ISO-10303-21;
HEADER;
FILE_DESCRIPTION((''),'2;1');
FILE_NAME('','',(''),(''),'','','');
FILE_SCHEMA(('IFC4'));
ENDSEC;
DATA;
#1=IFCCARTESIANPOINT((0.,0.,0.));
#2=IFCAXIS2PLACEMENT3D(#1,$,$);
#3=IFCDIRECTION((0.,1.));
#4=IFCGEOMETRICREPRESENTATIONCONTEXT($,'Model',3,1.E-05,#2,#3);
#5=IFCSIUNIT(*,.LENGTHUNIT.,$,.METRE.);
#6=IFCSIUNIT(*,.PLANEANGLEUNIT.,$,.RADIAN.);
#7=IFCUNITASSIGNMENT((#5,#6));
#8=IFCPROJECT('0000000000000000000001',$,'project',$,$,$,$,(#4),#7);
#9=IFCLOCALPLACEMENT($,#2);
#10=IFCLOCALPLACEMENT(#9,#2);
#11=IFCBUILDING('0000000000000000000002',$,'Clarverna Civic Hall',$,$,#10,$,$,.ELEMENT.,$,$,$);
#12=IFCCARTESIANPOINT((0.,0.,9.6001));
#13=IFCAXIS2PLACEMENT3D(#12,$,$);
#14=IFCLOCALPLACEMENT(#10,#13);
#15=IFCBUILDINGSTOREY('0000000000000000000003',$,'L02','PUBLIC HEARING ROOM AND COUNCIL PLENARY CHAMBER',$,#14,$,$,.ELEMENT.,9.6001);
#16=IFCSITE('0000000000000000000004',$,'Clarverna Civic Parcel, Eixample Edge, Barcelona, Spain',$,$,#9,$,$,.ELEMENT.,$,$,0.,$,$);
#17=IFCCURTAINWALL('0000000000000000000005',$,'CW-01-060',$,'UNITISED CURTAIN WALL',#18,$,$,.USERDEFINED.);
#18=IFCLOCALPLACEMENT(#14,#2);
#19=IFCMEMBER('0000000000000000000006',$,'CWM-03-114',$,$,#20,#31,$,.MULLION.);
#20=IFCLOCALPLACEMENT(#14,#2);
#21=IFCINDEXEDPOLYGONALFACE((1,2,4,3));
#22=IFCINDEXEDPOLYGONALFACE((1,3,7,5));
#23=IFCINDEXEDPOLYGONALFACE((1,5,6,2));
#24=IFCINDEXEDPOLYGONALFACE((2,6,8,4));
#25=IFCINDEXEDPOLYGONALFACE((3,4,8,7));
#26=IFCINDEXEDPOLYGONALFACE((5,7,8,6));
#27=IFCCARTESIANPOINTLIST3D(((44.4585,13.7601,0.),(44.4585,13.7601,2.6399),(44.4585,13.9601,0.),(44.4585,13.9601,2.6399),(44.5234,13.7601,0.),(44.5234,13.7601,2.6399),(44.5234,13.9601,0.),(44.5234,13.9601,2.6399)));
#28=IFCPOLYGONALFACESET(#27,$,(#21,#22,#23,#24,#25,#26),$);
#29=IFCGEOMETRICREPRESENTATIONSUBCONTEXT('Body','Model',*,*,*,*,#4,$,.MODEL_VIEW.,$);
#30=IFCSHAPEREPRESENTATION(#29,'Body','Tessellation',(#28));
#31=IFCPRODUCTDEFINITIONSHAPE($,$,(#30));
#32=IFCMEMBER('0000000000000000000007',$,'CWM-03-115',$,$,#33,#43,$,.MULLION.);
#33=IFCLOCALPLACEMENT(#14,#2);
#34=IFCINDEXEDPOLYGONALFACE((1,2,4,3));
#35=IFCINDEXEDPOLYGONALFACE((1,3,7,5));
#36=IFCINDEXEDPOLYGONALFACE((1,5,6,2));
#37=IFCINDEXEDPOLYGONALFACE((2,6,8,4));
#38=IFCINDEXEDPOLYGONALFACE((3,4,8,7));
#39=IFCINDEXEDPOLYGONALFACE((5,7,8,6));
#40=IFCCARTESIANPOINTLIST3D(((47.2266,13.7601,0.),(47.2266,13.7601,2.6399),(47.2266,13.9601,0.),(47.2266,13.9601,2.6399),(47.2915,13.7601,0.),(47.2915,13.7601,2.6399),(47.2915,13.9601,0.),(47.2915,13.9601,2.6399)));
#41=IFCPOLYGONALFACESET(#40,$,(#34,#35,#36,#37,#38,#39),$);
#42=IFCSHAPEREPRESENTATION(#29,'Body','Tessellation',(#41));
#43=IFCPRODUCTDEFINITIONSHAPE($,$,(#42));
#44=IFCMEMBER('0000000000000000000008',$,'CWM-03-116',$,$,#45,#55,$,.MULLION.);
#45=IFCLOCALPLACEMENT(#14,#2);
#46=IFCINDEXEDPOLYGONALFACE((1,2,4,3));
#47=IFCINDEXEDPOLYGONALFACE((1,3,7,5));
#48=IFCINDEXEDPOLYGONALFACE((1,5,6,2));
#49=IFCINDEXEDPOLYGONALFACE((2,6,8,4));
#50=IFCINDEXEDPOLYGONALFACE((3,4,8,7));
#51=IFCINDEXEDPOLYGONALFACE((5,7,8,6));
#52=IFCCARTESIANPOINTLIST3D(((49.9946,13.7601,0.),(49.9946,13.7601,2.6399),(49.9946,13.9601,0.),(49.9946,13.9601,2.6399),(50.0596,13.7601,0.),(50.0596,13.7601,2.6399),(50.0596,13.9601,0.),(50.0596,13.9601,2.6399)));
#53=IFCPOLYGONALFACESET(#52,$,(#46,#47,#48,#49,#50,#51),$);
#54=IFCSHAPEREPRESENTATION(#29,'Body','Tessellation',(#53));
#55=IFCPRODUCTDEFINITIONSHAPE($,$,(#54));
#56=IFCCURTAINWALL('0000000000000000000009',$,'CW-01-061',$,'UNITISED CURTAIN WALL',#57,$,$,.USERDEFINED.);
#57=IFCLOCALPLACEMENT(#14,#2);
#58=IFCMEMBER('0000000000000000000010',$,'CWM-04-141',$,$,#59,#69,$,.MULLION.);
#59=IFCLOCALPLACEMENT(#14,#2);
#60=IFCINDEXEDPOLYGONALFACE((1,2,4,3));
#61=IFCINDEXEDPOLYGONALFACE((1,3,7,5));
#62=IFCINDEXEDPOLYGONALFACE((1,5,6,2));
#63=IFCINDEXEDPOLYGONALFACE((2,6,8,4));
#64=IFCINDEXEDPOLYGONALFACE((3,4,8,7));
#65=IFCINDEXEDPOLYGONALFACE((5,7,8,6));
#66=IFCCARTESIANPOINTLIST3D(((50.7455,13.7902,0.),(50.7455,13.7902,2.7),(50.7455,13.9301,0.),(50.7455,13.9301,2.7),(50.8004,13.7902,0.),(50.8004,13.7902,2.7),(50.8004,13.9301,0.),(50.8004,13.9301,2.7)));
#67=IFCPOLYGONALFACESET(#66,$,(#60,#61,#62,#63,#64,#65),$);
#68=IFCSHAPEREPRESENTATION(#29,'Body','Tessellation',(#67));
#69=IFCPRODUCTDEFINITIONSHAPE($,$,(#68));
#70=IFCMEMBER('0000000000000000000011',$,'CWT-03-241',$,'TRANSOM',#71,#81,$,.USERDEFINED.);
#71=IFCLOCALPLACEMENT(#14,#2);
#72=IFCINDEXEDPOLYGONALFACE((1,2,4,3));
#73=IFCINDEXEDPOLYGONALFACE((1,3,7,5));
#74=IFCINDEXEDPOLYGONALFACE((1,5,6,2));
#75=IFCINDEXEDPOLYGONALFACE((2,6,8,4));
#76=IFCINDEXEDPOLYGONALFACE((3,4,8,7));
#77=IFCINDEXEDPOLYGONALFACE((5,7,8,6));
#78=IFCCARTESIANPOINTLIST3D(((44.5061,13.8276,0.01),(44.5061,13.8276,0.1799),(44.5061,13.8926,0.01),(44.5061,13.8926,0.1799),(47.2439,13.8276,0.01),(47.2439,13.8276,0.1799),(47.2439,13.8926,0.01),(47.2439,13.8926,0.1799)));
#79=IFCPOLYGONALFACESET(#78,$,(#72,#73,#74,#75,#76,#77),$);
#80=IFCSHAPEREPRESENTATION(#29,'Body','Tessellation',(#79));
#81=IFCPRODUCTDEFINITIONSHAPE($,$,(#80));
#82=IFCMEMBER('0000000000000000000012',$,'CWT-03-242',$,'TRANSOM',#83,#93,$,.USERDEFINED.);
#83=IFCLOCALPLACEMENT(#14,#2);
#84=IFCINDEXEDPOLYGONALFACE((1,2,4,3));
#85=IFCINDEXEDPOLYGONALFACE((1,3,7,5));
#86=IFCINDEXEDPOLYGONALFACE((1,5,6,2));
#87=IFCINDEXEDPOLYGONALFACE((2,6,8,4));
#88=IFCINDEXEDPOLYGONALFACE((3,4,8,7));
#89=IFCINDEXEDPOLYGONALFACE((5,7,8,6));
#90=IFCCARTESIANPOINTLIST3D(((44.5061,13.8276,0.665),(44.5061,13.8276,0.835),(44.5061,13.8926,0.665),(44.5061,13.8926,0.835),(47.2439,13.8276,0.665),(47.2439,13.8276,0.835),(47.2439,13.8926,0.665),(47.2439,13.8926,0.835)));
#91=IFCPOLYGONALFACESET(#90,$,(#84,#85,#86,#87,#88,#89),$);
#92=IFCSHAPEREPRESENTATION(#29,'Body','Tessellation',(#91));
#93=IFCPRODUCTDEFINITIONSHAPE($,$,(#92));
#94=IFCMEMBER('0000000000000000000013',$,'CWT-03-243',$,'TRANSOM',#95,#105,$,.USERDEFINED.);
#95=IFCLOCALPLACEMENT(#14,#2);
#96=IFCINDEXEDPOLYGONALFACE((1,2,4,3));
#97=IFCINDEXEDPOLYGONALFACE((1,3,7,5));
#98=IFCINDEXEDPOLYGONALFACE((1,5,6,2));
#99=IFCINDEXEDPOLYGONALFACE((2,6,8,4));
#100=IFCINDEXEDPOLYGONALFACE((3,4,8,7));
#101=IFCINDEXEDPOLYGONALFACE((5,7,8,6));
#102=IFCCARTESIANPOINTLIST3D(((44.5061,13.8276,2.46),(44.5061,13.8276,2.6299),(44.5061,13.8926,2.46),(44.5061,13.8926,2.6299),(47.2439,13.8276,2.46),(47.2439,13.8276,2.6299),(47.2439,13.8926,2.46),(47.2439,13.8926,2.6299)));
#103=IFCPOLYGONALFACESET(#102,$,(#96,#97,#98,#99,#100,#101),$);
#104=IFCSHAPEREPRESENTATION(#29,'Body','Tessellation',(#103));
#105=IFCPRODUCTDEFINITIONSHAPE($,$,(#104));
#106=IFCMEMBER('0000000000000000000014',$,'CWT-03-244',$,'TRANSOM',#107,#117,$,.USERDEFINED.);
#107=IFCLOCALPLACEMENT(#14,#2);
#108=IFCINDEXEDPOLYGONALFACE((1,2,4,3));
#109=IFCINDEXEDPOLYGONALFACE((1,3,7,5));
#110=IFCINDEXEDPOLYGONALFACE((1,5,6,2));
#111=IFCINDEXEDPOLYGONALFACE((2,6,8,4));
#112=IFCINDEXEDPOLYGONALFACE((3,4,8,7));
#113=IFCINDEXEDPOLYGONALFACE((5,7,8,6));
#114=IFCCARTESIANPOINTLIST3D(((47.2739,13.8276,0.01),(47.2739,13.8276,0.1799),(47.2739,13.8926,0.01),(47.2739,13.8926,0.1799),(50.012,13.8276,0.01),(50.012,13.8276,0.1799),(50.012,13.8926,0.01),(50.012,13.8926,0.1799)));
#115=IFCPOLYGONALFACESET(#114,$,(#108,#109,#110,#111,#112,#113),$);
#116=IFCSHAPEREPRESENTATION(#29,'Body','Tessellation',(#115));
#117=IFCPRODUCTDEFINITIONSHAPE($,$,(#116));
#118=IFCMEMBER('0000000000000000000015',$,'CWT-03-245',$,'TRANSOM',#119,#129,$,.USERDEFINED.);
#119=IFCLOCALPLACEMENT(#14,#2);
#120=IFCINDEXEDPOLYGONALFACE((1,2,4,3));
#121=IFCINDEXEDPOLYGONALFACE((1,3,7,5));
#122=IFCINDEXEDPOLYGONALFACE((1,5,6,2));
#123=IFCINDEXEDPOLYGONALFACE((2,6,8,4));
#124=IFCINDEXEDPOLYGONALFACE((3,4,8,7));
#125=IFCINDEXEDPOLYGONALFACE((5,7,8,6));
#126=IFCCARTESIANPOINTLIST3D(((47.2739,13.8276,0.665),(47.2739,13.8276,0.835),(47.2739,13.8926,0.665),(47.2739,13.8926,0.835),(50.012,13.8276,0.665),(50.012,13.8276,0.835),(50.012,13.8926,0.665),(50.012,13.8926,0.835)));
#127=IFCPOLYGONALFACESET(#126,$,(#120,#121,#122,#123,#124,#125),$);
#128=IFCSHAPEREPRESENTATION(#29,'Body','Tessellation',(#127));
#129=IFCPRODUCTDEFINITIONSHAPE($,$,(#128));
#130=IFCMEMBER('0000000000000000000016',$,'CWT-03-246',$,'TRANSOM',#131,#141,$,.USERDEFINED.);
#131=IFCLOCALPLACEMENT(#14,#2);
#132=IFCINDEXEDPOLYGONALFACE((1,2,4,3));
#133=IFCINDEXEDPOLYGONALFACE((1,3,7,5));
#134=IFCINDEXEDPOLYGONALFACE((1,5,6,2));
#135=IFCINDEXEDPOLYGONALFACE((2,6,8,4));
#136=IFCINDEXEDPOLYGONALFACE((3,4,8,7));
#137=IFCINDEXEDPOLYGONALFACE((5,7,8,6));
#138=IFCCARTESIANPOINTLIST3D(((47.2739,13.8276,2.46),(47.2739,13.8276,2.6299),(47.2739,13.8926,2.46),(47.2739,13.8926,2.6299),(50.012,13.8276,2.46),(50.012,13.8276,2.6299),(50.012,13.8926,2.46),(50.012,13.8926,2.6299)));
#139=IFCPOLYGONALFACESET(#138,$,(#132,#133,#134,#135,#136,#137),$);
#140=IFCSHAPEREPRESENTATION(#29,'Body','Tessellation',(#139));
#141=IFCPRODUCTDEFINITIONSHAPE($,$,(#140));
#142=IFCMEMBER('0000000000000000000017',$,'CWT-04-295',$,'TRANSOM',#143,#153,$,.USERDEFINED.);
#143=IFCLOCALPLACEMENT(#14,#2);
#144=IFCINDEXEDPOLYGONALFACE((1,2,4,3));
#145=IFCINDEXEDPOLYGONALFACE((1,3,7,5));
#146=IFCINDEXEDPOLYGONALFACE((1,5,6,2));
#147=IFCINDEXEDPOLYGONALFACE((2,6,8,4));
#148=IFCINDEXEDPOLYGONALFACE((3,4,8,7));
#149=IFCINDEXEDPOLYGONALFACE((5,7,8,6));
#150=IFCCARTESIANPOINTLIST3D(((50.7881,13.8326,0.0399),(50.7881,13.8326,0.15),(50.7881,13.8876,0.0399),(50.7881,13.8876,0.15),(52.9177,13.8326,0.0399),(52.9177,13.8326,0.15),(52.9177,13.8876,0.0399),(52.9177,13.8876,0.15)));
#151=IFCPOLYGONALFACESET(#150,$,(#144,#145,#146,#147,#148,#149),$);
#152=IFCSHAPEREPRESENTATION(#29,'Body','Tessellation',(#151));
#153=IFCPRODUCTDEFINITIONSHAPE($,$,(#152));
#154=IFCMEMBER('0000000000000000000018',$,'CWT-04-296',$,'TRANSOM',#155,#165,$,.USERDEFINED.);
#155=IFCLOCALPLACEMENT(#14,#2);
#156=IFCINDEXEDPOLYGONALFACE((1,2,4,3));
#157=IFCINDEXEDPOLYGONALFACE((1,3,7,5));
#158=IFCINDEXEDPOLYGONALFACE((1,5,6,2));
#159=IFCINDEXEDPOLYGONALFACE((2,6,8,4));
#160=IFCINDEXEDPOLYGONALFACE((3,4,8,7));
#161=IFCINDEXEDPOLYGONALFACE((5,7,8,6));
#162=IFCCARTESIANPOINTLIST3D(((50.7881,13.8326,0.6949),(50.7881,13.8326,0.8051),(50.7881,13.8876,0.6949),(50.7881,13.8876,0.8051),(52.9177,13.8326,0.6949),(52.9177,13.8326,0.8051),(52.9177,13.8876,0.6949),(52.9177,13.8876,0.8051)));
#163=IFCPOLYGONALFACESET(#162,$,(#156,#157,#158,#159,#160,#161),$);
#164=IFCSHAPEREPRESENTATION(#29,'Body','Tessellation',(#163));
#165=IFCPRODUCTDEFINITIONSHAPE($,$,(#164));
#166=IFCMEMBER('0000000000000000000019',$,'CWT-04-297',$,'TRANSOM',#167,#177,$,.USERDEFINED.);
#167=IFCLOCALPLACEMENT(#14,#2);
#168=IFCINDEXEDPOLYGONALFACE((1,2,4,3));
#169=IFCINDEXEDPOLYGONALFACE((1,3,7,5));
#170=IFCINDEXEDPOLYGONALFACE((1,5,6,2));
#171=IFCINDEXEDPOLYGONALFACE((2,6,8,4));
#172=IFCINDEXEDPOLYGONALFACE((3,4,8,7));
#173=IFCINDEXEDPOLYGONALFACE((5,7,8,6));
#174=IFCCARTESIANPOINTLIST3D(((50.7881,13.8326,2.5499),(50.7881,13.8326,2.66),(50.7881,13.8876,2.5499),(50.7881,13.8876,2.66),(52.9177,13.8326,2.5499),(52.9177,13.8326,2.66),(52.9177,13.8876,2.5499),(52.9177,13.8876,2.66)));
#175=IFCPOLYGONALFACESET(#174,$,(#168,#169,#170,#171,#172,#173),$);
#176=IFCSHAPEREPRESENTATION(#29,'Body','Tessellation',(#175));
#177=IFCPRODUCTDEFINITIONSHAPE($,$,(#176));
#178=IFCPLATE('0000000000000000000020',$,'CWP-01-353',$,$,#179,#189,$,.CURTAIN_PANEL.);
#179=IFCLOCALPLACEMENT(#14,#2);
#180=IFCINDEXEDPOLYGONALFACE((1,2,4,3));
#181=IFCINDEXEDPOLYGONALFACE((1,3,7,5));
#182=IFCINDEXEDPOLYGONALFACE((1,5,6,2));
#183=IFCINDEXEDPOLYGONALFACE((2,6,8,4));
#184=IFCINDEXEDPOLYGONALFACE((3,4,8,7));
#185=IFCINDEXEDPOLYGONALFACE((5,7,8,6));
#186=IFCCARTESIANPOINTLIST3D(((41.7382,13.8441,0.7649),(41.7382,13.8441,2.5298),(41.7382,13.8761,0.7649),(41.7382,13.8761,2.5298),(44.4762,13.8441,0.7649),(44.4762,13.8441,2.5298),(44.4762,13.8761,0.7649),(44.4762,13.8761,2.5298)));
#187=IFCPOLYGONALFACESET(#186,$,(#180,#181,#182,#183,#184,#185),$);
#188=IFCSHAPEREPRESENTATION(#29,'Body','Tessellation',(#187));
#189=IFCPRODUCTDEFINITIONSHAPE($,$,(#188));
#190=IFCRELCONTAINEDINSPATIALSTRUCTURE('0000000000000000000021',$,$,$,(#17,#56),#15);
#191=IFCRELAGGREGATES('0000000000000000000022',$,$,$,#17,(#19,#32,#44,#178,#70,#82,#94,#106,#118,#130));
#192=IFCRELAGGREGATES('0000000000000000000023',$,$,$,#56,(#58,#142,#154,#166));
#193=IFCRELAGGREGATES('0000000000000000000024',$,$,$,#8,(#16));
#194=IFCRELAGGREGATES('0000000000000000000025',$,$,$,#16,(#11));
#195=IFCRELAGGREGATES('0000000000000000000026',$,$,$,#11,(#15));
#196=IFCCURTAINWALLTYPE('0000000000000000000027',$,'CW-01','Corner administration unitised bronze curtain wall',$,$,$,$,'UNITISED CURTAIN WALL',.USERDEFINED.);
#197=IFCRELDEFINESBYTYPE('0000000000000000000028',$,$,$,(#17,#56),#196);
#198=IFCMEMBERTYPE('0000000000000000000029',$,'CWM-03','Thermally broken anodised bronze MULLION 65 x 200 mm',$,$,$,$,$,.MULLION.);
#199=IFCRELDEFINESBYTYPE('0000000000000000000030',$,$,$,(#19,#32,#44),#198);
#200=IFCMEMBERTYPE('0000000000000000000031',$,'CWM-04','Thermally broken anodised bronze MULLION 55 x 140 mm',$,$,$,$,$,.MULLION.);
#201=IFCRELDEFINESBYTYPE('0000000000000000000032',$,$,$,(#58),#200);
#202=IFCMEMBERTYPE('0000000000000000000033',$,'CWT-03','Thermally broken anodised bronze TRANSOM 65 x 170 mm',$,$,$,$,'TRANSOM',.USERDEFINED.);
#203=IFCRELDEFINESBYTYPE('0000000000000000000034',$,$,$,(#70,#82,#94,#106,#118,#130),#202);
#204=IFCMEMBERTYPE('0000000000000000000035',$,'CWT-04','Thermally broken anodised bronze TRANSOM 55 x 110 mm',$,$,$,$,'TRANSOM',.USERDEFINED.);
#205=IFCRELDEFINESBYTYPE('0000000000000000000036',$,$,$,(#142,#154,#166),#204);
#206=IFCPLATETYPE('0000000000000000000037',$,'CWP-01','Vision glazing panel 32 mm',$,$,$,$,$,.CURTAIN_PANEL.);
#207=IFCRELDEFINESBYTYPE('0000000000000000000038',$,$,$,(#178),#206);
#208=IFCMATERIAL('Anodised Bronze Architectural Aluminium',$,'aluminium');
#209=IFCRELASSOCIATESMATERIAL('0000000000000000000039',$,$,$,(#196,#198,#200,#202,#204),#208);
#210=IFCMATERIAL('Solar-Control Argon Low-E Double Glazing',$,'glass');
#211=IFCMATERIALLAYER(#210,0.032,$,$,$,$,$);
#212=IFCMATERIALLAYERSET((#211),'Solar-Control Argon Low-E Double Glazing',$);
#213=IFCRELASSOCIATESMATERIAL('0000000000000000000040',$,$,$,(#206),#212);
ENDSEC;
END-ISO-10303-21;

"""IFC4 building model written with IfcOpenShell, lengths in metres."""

from ifc_helpers import new_model, si_unit, direction, frame, frame_2d, origin, origin_2d, place, context, subcontext, project, spatial, rectangle, extrude, material, layer, layer_set, material_profile, profile_set, type_object, element, aggregate, save


model = new_model("IFC4")

# Units and contexts
model_context = context("Model", 3, precision=1e-05, world=origin(), true_north=direction((0.0, 1.0)))
body_context = subcontext(model_context, "Body", "Model", "MODEL_VIEW")
ifc_project = project(units=[si_unit("LENGTHUNIT", "METRE"), si_unit("PLANEANGLEUNIT", "RADIAN")], contexts=[model_context])

# Site, building, storey
site_placement = place(None, origin())
site = spatial("IfcSite", under=ifc_project, at=site_placement, Name="Clarverna Civic Parcel, Eixample Edge, Barcelona, Spain", CompositionType="ELEMENT", RefElevation=0.0)
building_placement = place(site_placement, origin())
building = spatial("IfcBuilding", under=site, at=building_placement, Name="Clarverna Civic Hall", CompositionType="ELEMENT")
storey_placement = place(building_placement, frame((0.0, 0.0, 9.6001)))
storey = spatial("IfcBuildingStorey", under=building, at=storey_placement, Name="L02", Description="PUBLIC HEARING ROOM AND COUNCIL PLENARY CHAMBER", CompositionType="ELEMENT", Elevation=9.6001)

# Curtain wall, members
ifc_material_1 = material(Name="Anodised Bronze Architectural Aluminium", Category="aluminium")
curtain_wall_type = type_object("IfcCurtainWallType", Name="CW-01", Description="Corner administration unitised bronze curtain wall", ElementType="UNITISED CURTAIN WALL", PredefinedType="USERDEFINED", material=ifc_material_1)
curtain_wall_1_placement = place(storey_placement, origin())
curtain_wall_1 = element("IfcCurtainWall", 1, at=curtain_wall_1_placement, inside=storey, type_object=curtain_wall_type, Name="CW-01-060", ObjectType="UNITISED CURTAIN WALL", PredefinedType="USERDEFINED")
ifc_material_profile_1 = material_profile(ifc_material_1, rectangle(XDim=0.0649, YDim=0.2, at=origin_2d()), Name="BRONZE 65x200")
ifc_profile_set_1 = profile_set([ifc_material_profile_1], Name="Anodised Bronze Architectural Aluminium")
member_type_1 = type_object("IfcMemberType", Name="CWM-03", Description="Thermally broken anodised bronze MULLION 65 x 200 mm", PredefinedType="MULLION", material=ifc_profile_set_1)
member_1_placement = place(storey_placement, frame((44.491, 13.8601, 0.0), z_axis=(0.0, 0.0, 1.0), x_axis=(1.0, 0.0, 0.0)))
member_1 = element("IfcMember", 2, at=member_1_placement, type_object=member_type_1, Name="CWM-03-114", PredefinedType="MULLION", context=body_context, shape_type="SweptSolid", body=[
    extrude(rectangle(XDim=0.0649, YDim=0.2, at=origin_2d()), origin(), (0.0, 0.0, 1.0), 2.6399),
])
member_2_placement = place(storey_placement, frame((47.259, 13.8601, 0.0), z_axis=(0.0, 0.0, 1.0), x_axis=(1.0, 0.0, 0.0)))
member_2 = element("IfcMember", 3, at=member_2_placement, type_object=member_type_1, Name="CWM-03-115", PredefinedType="MULLION", context=body_context, shape_type="SweptSolid", body=[
    extrude(rectangle(XDim=0.0649, YDim=0.2, at=origin_2d()), origin(), (0.0, 0.0, 1.0), 2.6399),
])
member_3_placement = place(storey_placement, frame((50.0271, 13.8601, 0.0), z_axis=(0.0, 0.0, 1.0), x_axis=(1.0, 0.0, 0.0)))
member_3 = element("IfcMember", 4, at=member_3_placement, type_object=member_type_1, Name="CWM-03-116", PredefinedType="MULLION", context=body_context, shape_type="SweptSolid", body=[
    extrude(rectangle(XDim=0.0649, YDim=0.2, at=origin_2d()), origin(), (0.0, 0.0, 1.0), 2.6399),
])

# Curtain wall, member
curtain_wall_2_placement = place(storey_placement, origin())
curtain_wall_2 = element("IfcCurtainWall", 5, at=curtain_wall_2_placement, inside=storey, type_object=curtain_wall_type, Name="CW-01-061", ObjectType="UNITISED CURTAIN WALL", PredefinedType="USERDEFINED")
ifc_material_profile_2 = material_profile(ifc_material_1, rectangle(XDim=0.0549, YDim=0.1399, at=origin_2d()), Name="BRONZE 55x140")
ifc_profile_set_2 = profile_set([ifc_material_profile_2], Name="Anodised Bronze Architectural Aluminium")
member_type_2 = type_object("IfcMemberType", Name="CWM-04", Description="Thermally broken anodised bronze MULLION 55 x 140 mm", PredefinedType="MULLION", material=ifc_profile_set_2)
member_4_placement = place(storey_placement, frame((50.7729, 13.8601, 0.0), z_axis=(0.0, 0.0, 1.0), x_axis=(1.0, 0.0, 0.0)))
member_4 = element("IfcMember", 6, at=member_4_placement, type_object=member_type_2, Name="CWM-04-141", PredefinedType="MULLION", context=body_context, shape_type="SweptSolid", body=[
    extrude(rectangle(XDim=0.0549, YDim=0.1399, at=origin_2d()), origin(), (0.0, 0.0, 1.0), 2.7),
])

# Members
ifc_material_profile_3 = material_profile(ifc_material_1, rectangle(XDim=0.0649, YDim=0.1699, at=origin_2d()), Name="BRONZE 65x170")
ifc_profile_set_3 = profile_set([ifc_material_profile_3], Name="Anodised Bronze Architectural Aluminium")
member_type_3 = type_object("IfcMemberType", Name="CWT-03", Description="Thermally broken anodised bronze TRANSOM 65 x 170 mm", ElementType="TRANSOM", PredefinedType="USERDEFINED", material=ifc_profile_set_3)
member_5_placement = place(storey_placement, frame((44.5061, 13.8601, 0.095), z_axis=(1.0, 0.0, 0.0), x_axis=(0.0, 1.0, 0.0)))
member_5 = element("IfcMember", 7, at=member_5_placement, type_object=member_type_3, Name="CWT-03-241", ObjectType="TRANSOM", PredefinedType="USERDEFINED", context=body_context, shape_type="SweptSolid", body=[
    extrude(rectangle(XDim=0.0649, YDim=0.1699, at=origin_2d()), origin(), (0.0, 0.0, 1.0), 2.7378),
])
member_6_placement = place(storey_placement, frame((44.5061, 13.8601, 0.75), z_axis=(1.0, 0.0, 0.0), x_axis=(0.0, 1.0, 0.0)))
member_6 = element("IfcMember", 8, at=member_6_placement, type_object=member_type_3, Name="CWT-03-242", ObjectType="TRANSOM", PredefinedType="USERDEFINED", context=body_context, shape_type="SweptSolid", body=[
    extrude(rectangle(XDim=0.0649, YDim=0.1699, at=origin_2d()), origin(), (0.0, 0.0, 1.0), 2.7378),
])
member_7_placement = place(storey_placement, frame((44.5061, 13.8601, 2.5449), z_axis=(1.0, 0.0, 0.0), x_axis=(0.0, 1.0, 0.0)))
member_7 = element("IfcMember", 9, at=member_7_placement, type_object=member_type_3, Name="CWT-03-243", ObjectType="TRANSOM", PredefinedType="USERDEFINED", context=body_context, shape_type="SweptSolid", body=[
    extrude(rectangle(XDim=0.0649, YDim=0.1699, at=origin_2d()), origin(), (0.0, 0.0, 1.0), 2.7378),
])
member_8_placement = place(storey_placement, frame((47.2739, 13.8601, 0.095), z_axis=(1.0, 0.0, 0.0), x_axis=(0.0, 1.0, 0.0)))
member_8 = element("IfcMember", 10, at=member_8_placement, type_object=member_type_3, Name="CWT-03-244", ObjectType="TRANSOM", PredefinedType="USERDEFINED", context=body_context, shape_type="SweptSolid", body=[
    extrude(rectangle(XDim=0.0649, YDim=0.1699, at=origin_2d()), origin(), (0.0, 0.0, 1.0), 2.738),
])
member_9_placement = place(storey_placement, frame((47.2739, 13.8601, 0.75), z_axis=(1.0, 0.0, 0.0), x_axis=(0.0, 1.0, 0.0)))
member_9 = element("IfcMember", 11, at=member_9_placement, type_object=member_type_3, Name="CWT-03-245", ObjectType="TRANSOM", PredefinedType="USERDEFINED", context=body_context, shape_type="SweptSolid", body=[
    extrude(rectangle(XDim=0.0649, YDim=0.1699, at=origin_2d()), origin(), (0.0, 0.0, 1.0), 2.738),
])
member_10_placement = place(storey_placement, frame((47.2739, 13.8601, 2.5449), z_axis=(1.0, 0.0, 0.0), x_axis=(0.0, 1.0, 0.0)))
member_10 = element("IfcMember", 12, at=member_10_placement, type_object=member_type_3, Name="CWT-03-246", ObjectType="TRANSOM", PredefinedType="USERDEFINED", context=body_context, shape_type="SweptSolid", body=[
    extrude(rectangle(XDim=0.0649, YDim=0.1699, at=origin_2d()), origin(), (0.0, 0.0, 1.0), 2.738),
])
ifc_material_profile_4 = material_profile(ifc_material_1, rectangle(XDim=0.0549, YDim=0.1101, at=origin_2d()), Name="BRONZE 55x110")
ifc_profile_set_4 = profile_set([ifc_material_profile_4], Name="Anodised Bronze Architectural Aluminium")
member_type_4 = type_object("IfcMemberType", Name="CWT-04", Description="Thermally broken anodised bronze TRANSOM 55 x 110 mm", ElementType="TRANSOM", PredefinedType="USERDEFINED", material=ifc_profile_set_4)
member_11_placement = place(storey_placement, frame((50.7881, 13.8601, 0.095), z_axis=(1.0, 0.0, 0.0), x_axis=(0.0, 1.0, 0.0)))
member_11 = element("IfcMember", 13, at=member_11_placement, type_object=member_type_4, Name="CWT-04-295", ObjectType="TRANSOM", PredefinedType="USERDEFINED", context=body_context, shape_type="SweptSolid", body=[
    extrude(rectangle(XDim=0.0549, YDim=0.1101, at=origin_2d()), origin(), (0.0, 0.0, 1.0), 2.1296),
])
member_12_placement = place(storey_placement, frame((50.7881, 13.8601, 0.75), z_axis=(1.0, 0.0, 0.0), x_axis=(0.0, 1.0, 0.0)))
member_12 = element("IfcMember", 14, at=member_12_placement, type_object=member_type_4, Name="CWT-04-296", ObjectType="TRANSOM", PredefinedType="USERDEFINED", context=body_context, shape_type="SweptSolid", body=[
    extrude(rectangle(XDim=0.0549, YDim=0.1101, at=origin_2d()), origin(), (0.0, 0.0, 1.0), 2.1296),
])
member_13_placement = place(storey_placement, frame((50.7881, 13.8601, 2.605), z_axis=(1.0, 0.0, 0.0), x_axis=(0.0, 1.0, 0.0)))
member_13 = element("IfcMember", 15, at=member_13_placement, type_object=member_type_4, Name="CWT-04-297", ObjectType="TRANSOM", PredefinedType="USERDEFINED", context=body_context, shape_type="SweptSolid", body=[
    extrude(rectangle(XDim=0.0549, YDim=0.1101, at=origin_2d()), origin(), (0.0, 0.0, 1.0), 2.1296),
])

# Plate
ifc_material_2 = material(Name="Solar-Control Argon Low-E Double Glazing", Category="glass")
ifc_layer_1 = layer(ifc_material_2, 0.032)
ifc_layer_set_1 = layer_set([ifc_layer_1], Name="Solar-Control Argon Low-E Double Glazing")
plate_type_1 = type_object("IfcPlateType", Name="CWP-01", Description="Vision glazing panel 32 mm", PredefinedType="CURTAIN_PANEL", material=ifc_layer_set_1)
plate_1_placement = place(storey_placement, frame((41.738, 13.8601, 0.7649), z_axis=(0.0, 0.0, 1.0), x_axis=(1.0, 0.0, 0.0)))
plate_1 = element("IfcPlate", 16, at=plate_1_placement, type_object=plate_type_1, Name="CWP-01-353", PredefinedType="CURTAIN_PANEL", context=body_context, shape_type="SweptSolid", body=[
    extrude(rectangle(XDim=2.738, YDim=0.032, at=frame_2d((1.3691, 0.0))), origin(), (0.0, 0.0, 1.0), 1.7649),
])
aggregate(curtain_wall_1, [member_1, member_2, member_3, plate_1, member_5, member_6, member_7, member_8, member_9, member_10])
aggregate(curtain_wall_2, [member_4, member_11, member_12, member_13])

save(model, "model.ifc")
